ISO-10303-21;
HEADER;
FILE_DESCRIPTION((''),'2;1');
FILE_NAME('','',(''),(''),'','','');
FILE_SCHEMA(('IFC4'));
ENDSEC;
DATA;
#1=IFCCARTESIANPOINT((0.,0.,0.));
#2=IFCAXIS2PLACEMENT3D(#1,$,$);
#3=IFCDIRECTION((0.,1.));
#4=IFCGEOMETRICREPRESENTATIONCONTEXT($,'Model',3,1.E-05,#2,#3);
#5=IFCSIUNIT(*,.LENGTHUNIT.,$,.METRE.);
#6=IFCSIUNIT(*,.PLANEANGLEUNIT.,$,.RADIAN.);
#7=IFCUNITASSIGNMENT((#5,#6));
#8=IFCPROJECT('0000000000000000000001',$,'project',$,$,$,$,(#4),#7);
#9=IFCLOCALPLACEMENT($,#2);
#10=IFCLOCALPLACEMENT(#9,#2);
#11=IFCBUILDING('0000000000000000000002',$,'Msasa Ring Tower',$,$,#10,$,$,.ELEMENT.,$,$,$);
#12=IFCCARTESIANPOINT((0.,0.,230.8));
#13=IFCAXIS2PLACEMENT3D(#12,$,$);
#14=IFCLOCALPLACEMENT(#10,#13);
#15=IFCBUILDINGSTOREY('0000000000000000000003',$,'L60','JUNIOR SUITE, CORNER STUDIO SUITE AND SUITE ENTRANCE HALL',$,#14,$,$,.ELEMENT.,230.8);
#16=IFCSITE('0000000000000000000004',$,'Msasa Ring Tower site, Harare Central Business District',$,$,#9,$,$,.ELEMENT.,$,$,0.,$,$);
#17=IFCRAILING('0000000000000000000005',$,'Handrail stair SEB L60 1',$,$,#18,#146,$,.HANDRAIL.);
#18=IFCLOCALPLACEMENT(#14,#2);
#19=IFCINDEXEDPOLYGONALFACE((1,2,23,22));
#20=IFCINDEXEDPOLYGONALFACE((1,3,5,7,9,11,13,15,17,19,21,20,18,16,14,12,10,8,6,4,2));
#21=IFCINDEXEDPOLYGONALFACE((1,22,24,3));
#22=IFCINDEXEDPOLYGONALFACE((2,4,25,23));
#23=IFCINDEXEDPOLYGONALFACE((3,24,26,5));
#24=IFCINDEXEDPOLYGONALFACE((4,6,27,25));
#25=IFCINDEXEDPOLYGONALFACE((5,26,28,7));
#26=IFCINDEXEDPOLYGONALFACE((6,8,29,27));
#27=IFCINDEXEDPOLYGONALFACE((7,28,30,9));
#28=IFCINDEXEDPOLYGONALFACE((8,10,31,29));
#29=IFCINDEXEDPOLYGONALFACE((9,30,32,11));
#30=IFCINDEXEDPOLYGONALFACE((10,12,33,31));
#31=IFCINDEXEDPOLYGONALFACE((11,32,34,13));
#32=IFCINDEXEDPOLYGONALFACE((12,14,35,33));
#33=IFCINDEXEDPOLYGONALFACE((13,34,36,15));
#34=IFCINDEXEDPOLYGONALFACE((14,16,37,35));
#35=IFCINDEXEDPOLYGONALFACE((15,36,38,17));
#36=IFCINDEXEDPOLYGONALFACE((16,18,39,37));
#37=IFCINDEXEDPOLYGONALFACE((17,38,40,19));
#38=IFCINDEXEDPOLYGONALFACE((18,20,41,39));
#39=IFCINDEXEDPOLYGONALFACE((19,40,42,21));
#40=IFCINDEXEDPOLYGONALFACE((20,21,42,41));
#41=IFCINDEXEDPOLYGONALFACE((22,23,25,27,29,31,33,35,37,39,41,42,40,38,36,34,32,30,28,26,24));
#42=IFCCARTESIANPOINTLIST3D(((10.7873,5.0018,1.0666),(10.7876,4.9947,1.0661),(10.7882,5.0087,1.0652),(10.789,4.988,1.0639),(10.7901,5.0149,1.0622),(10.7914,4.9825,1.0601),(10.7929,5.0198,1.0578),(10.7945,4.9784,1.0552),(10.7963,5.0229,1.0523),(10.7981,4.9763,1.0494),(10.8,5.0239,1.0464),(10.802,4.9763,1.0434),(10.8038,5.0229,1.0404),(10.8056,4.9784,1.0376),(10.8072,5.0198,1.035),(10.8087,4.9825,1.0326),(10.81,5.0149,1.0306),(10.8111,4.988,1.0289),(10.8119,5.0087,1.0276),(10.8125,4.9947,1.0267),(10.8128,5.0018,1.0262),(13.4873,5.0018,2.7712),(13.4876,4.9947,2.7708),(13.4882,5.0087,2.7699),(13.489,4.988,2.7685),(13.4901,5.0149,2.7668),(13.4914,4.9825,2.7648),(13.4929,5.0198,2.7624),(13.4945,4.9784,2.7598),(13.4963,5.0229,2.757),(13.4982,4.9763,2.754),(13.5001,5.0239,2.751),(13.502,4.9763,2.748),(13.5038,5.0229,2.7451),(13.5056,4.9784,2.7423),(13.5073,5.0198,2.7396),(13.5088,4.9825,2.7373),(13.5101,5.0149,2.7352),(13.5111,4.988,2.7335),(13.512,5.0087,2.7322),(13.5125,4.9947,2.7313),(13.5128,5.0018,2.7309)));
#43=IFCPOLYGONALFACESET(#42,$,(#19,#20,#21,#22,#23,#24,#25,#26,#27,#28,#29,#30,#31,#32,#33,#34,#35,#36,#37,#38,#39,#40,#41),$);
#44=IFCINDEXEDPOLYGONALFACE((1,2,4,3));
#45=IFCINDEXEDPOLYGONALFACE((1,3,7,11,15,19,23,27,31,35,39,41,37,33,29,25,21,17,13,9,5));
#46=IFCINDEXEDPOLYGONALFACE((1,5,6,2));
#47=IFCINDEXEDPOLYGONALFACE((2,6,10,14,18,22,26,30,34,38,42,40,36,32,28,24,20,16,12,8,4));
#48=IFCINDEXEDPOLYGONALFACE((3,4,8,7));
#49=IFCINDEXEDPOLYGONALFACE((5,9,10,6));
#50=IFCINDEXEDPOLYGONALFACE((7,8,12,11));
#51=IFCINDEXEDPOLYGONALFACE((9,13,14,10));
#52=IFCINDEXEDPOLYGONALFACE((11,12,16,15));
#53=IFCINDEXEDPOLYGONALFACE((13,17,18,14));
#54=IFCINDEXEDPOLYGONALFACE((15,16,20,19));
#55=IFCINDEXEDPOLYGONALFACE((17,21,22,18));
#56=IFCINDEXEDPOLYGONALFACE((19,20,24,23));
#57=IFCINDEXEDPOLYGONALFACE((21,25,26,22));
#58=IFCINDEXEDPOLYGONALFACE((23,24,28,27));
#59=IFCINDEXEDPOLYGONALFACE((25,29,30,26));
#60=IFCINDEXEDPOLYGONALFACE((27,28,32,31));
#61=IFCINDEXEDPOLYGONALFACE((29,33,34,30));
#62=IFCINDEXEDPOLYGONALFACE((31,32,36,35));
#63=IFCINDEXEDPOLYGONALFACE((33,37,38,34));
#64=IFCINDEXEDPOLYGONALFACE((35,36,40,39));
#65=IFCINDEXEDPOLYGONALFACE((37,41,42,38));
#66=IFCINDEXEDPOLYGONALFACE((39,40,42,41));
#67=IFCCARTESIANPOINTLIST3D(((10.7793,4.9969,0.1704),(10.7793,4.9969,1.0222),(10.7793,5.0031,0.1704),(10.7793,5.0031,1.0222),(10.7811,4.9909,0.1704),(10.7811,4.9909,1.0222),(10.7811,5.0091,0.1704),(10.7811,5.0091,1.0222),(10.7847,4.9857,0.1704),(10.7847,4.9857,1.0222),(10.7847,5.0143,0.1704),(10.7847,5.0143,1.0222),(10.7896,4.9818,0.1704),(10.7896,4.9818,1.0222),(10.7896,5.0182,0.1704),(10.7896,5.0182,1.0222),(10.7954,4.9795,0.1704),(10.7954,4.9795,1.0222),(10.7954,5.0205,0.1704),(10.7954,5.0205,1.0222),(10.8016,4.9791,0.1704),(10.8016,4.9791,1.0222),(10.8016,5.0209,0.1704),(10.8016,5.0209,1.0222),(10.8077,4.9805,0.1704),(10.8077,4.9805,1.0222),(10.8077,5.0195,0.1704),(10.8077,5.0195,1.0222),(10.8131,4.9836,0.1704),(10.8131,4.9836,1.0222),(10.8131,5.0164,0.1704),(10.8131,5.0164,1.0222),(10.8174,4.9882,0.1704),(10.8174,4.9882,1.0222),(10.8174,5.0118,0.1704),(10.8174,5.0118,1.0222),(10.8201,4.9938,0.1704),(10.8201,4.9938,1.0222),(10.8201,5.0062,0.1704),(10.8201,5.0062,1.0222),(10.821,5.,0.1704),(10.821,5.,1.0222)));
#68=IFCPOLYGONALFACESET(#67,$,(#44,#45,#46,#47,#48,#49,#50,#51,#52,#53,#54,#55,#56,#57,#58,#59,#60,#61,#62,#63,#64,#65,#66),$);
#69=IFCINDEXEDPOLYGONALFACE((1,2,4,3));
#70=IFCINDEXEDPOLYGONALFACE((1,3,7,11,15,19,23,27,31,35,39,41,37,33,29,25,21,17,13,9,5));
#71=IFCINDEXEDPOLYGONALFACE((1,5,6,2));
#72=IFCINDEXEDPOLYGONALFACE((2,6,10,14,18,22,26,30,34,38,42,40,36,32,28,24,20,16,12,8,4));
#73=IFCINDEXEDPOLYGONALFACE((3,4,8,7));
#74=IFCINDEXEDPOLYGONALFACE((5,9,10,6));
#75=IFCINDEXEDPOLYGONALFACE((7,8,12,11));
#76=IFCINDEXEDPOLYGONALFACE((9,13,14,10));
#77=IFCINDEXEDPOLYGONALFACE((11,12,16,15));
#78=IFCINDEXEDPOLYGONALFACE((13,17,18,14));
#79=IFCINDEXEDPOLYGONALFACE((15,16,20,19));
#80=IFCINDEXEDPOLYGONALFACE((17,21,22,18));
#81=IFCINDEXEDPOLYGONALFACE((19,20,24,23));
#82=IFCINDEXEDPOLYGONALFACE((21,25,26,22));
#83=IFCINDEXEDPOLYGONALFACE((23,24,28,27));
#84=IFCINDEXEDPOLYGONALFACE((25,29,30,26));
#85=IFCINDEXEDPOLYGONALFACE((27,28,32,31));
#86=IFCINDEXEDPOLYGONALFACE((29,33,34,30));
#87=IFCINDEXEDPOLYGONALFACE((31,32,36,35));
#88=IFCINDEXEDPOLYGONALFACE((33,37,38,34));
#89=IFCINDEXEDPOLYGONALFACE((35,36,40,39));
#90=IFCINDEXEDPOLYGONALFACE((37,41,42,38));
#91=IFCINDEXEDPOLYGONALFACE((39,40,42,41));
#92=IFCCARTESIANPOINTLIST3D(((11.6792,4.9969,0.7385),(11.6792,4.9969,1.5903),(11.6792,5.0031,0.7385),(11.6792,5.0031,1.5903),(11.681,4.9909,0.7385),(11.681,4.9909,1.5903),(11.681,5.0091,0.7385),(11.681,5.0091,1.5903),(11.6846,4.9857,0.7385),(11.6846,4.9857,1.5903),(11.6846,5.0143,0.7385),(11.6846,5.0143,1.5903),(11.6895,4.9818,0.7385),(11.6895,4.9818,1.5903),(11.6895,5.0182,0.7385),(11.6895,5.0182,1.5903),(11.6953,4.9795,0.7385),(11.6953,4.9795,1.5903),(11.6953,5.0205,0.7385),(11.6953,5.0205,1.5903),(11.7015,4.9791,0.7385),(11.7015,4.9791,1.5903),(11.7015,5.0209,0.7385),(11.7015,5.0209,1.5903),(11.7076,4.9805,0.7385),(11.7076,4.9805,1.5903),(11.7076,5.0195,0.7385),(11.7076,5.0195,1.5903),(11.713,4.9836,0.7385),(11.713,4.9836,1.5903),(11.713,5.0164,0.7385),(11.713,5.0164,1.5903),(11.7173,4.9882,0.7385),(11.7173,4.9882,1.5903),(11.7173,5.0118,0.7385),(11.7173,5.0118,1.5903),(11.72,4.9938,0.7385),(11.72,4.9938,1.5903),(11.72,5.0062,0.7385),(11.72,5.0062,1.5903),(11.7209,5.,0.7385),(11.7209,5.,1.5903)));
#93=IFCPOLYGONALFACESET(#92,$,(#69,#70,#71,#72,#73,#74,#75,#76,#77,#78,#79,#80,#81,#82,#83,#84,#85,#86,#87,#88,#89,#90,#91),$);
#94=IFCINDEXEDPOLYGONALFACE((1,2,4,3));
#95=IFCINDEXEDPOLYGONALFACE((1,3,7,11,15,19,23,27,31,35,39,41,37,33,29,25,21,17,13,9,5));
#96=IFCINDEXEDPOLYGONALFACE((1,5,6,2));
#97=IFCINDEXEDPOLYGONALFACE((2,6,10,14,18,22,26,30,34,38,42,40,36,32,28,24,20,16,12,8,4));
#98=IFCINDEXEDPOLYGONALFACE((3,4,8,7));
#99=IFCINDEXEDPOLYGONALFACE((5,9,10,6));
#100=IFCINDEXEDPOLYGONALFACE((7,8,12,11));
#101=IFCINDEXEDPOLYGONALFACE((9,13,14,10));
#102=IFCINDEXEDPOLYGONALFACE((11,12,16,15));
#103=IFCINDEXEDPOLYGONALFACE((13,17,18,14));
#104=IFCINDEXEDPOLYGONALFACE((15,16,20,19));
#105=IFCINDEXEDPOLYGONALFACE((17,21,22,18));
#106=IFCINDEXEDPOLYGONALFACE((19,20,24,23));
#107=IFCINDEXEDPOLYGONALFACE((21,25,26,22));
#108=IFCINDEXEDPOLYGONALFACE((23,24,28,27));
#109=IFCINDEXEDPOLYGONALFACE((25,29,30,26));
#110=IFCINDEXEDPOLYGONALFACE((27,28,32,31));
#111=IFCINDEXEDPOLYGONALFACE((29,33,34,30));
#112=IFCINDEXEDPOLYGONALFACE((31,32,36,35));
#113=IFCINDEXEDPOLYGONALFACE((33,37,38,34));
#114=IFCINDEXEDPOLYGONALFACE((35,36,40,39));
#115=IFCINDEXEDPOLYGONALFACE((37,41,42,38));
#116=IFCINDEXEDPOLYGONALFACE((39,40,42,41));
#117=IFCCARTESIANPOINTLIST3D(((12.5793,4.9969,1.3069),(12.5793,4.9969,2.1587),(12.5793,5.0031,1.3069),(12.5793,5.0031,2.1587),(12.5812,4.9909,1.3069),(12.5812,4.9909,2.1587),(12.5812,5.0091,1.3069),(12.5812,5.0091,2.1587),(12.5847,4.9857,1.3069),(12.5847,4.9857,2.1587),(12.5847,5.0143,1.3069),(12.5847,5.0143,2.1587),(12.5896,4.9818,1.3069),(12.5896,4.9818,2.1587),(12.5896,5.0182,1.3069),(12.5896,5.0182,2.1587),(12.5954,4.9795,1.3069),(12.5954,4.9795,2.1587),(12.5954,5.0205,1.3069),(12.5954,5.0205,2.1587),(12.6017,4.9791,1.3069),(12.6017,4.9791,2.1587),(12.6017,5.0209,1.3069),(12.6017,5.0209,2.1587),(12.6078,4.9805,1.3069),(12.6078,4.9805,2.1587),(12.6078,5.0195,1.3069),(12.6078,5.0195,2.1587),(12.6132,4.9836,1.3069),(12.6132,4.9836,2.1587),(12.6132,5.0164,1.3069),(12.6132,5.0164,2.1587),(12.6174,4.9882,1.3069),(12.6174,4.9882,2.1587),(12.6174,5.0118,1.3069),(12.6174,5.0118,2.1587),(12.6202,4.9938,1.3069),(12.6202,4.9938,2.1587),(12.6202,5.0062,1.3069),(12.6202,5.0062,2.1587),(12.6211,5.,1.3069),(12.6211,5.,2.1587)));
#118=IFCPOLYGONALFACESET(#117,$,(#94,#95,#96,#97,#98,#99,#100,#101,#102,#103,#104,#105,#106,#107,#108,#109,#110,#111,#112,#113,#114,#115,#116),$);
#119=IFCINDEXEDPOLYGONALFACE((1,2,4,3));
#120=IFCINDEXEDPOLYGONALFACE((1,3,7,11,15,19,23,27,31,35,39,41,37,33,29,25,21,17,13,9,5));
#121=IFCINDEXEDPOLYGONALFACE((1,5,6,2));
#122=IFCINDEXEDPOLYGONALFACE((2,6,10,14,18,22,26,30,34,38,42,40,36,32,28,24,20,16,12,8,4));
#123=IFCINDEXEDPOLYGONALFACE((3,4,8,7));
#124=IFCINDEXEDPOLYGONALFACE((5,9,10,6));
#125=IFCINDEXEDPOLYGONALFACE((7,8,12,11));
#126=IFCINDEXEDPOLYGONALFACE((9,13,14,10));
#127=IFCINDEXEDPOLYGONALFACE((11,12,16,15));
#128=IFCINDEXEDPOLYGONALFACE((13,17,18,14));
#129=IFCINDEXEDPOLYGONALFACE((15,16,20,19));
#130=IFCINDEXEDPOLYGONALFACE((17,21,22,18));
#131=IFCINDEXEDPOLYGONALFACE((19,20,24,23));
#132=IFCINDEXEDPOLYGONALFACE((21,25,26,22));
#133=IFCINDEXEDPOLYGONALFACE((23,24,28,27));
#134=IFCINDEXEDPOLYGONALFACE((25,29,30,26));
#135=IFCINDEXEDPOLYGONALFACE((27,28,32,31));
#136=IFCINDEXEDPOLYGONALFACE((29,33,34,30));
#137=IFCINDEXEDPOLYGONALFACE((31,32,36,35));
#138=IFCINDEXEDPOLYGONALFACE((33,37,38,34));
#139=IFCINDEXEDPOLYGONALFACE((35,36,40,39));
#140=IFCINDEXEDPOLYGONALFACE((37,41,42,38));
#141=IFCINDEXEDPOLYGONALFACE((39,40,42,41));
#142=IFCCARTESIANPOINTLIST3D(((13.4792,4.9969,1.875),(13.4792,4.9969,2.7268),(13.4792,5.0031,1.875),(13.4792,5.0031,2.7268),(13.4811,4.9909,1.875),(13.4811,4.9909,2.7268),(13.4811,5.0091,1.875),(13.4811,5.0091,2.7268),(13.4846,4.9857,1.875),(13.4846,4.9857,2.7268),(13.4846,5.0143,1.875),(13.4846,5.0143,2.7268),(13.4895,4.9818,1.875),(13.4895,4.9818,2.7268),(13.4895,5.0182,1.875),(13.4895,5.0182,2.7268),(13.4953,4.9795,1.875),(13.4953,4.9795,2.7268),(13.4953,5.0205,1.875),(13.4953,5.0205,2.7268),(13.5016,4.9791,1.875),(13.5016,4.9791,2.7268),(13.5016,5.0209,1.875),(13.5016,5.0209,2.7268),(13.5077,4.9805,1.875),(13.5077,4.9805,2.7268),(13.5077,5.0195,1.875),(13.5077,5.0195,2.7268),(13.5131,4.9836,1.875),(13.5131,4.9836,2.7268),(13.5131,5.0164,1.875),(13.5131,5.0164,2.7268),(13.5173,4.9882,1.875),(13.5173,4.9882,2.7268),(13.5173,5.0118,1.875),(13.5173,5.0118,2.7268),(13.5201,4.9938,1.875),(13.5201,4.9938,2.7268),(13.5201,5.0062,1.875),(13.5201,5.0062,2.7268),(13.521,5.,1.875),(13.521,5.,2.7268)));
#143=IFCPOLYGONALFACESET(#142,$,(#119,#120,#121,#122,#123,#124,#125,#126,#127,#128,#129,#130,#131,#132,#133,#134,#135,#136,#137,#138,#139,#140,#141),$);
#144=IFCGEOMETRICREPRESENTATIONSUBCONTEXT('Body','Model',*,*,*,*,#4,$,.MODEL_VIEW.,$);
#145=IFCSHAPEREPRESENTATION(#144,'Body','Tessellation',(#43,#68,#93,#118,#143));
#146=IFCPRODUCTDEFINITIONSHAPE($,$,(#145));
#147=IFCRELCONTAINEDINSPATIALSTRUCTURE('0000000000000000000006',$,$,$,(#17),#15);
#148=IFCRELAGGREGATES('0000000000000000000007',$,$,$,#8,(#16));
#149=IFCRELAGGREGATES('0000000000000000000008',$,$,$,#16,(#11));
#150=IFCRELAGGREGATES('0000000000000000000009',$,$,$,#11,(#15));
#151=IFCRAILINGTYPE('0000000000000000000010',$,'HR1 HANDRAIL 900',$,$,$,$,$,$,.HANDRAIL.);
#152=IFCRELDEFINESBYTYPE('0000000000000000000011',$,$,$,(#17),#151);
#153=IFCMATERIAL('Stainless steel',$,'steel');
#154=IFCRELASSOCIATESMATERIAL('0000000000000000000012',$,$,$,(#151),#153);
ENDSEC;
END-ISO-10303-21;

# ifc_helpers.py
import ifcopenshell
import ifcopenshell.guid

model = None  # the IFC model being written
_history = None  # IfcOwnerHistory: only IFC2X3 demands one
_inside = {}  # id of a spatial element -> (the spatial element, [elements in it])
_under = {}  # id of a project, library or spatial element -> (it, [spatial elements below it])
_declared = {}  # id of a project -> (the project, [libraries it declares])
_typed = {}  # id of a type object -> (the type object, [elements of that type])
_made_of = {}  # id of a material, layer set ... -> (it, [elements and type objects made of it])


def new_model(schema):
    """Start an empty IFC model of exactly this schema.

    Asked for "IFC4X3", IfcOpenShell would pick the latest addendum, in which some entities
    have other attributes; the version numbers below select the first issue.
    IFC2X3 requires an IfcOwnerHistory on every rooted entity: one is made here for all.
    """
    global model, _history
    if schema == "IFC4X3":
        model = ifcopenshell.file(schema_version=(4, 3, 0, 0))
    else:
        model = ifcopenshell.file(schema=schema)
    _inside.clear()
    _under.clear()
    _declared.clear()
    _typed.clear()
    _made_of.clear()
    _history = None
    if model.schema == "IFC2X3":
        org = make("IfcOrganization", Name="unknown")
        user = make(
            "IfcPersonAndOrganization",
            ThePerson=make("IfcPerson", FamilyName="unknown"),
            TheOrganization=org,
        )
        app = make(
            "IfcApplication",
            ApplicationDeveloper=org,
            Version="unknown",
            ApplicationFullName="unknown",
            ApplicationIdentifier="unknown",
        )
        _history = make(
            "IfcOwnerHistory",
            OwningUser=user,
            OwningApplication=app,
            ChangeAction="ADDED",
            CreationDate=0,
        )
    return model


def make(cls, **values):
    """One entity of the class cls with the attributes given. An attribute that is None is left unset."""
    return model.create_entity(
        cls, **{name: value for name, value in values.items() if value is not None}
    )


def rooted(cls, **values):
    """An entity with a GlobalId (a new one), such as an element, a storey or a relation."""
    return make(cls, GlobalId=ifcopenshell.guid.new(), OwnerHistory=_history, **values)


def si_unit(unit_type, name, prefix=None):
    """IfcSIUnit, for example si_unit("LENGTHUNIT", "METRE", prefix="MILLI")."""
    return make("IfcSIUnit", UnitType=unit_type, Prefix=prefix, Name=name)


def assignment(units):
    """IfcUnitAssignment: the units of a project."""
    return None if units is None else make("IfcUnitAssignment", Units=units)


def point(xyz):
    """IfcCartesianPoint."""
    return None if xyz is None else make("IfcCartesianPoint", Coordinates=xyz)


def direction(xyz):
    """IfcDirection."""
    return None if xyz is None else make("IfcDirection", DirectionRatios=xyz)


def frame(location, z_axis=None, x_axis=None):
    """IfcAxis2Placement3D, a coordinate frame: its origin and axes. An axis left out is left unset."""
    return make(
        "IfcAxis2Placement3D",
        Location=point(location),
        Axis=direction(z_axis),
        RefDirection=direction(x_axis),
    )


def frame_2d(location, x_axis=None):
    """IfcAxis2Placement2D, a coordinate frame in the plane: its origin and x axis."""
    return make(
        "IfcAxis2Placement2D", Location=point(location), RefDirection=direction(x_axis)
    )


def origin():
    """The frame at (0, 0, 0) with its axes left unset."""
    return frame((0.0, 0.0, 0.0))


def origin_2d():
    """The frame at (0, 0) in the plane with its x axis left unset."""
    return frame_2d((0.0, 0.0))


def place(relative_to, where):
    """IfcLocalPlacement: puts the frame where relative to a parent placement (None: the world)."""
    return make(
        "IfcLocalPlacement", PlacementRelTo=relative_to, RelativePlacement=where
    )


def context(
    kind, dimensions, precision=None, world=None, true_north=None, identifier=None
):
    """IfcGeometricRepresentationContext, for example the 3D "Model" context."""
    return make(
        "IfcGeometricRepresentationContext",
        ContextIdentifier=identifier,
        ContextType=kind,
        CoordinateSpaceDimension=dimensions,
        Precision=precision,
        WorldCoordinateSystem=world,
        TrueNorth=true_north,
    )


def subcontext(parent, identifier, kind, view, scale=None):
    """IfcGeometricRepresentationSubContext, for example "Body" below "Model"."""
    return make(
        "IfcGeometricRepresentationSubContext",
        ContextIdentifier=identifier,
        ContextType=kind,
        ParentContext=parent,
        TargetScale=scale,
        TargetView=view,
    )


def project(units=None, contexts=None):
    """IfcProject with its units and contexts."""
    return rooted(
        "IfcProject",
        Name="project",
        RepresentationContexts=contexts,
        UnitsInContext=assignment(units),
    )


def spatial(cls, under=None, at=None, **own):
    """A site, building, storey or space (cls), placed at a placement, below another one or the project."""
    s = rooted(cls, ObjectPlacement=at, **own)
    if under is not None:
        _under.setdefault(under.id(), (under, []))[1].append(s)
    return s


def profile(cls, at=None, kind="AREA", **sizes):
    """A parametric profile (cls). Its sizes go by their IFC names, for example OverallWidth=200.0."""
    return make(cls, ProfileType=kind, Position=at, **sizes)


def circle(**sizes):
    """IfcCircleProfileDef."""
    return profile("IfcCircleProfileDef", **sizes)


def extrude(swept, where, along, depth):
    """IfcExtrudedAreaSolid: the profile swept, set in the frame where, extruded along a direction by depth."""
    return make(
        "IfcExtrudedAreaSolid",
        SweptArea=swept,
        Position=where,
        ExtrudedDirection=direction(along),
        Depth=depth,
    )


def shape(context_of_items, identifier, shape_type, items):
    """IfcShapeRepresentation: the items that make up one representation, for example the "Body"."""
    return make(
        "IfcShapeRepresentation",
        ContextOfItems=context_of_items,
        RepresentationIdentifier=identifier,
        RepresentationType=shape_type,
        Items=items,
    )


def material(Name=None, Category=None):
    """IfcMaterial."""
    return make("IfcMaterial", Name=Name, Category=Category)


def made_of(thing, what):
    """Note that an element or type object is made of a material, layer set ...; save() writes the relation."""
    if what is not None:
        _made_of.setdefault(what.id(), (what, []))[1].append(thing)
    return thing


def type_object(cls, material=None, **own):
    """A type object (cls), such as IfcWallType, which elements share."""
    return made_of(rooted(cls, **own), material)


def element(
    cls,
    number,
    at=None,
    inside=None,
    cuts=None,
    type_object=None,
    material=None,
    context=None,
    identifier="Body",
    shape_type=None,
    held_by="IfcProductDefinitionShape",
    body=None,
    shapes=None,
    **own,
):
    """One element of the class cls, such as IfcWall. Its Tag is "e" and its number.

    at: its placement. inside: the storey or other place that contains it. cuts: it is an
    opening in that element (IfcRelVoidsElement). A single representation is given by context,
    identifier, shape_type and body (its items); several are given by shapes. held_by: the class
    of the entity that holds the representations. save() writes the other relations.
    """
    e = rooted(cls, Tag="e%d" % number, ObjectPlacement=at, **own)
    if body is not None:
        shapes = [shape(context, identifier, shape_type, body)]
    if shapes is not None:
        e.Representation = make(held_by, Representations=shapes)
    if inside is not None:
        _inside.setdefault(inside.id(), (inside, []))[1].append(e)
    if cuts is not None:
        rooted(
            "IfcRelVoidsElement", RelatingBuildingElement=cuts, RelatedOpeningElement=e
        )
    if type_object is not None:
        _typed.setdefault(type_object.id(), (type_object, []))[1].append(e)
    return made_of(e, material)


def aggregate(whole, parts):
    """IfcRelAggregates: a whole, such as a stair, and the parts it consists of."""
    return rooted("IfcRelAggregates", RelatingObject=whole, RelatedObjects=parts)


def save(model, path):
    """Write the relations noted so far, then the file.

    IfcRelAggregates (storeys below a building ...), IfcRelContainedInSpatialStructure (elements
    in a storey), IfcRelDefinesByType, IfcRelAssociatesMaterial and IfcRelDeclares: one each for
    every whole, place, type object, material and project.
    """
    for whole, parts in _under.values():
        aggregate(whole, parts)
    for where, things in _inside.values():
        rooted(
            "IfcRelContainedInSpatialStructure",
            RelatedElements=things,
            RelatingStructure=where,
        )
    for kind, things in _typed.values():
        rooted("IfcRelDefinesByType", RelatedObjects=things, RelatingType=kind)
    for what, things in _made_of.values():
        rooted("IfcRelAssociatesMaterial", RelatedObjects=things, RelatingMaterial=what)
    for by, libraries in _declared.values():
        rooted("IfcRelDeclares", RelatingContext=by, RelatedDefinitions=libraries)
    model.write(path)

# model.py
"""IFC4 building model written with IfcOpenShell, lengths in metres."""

from ifc_helpers import new_model, si_unit, direction, frame, origin, origin_2d, place, context, subcontext, project, spatial, circle, extrude, material, type_object, element, save


model = new_model("IFC4")

# Units and contexts
model_context = context("Model", 3, precision=1e-05, world=origin(), true_north=direction((0.0, 1.0)))
body_context = subcontext(model_context, "Body", "Model", "MODEL_VIEW")
ifc_project = project(units=[si_unit("LENGTHUNIT", "METRE"), si_unit("PLANEANGLEUNIT", "RADIAN")], contexts=[model_context])

# Site, building, storey
site_placement = place(None, origin())
site = spatial("IfcSite", under=ifc_project, at=site_placement, Name="Msasa Ring Tower site, Harare Central Business District", CompositionType="ELEMENT", RefElevation=0.0)
building_placement = place(site_placement, origin())
building = spatial("IfcBuilding", under=site, at=building_placement, Name="Msasa Ring Tower", CompositionType="ELEMENT")
storey_placement = place(building_placement, frame((0.0, 0.0, 230.8)))
storey = spatial("IfcBuildingStorey", under=building, at=storey_placement, Name="L60", Description="JUNIOR SUITE, CORNER STUDIO SUITE AND SUITE ENTRANCE HALL", CompositionType="ELEMENT", Elevation=230.8)

# Railing
ifc_material_1 = material(Name="Stainless steel", Category="steel")
railing_type = type_object("IfcRailingType", Name="HR1 HANDRAIL 900", PredefinedType="HANDRAIL", material=ifc_material_1)
for number, where, name in (
    (1, (10.8, 5.0, 0.1704), "Handrail stair SEB L60 1"),
):
    element("IfcRailing", number, at=place(storey_placement, frame(where)), inside=storey, type_object=railing_type, Name=name, PredefinedType="HANDRAIL", context=body_context, shape_type="SweptSolid", body=[
        extrude(circle(Radius=0.0239, at=origin_2d()), frame((0.0, 0.0, 0.876), z_axis=(0.84558, 0.0, 0.533849), x_axis=(0.0, 1.0, 0.0)), (0.0, 0.0, 1.0), 3.1931),
        extrude(circle(Radius=0.021, at=origin_2d()), origin(), (0.0, 0.0, 1.0), 0.8518),
        extrude(circle(Radius=0.021, at=origin_2d()), frame((0.8999, 0.0, 0.5681)), (0.0, 0.0, 1.0), 0.8518),
        extrude(circle(Radius=0.021, at=origin_2d()), frame((1.8, 0.0, 1.1365)), (0.0, 0.0, 1.0), 0.8518),
        extrude(circle(Radius=0.021, at=origin_2d()), frame((2.7, 0.0, 1.7046)), (0.0, 0.0, 1.0), 0.8518),
    ])

save(model, "model.ifc")
